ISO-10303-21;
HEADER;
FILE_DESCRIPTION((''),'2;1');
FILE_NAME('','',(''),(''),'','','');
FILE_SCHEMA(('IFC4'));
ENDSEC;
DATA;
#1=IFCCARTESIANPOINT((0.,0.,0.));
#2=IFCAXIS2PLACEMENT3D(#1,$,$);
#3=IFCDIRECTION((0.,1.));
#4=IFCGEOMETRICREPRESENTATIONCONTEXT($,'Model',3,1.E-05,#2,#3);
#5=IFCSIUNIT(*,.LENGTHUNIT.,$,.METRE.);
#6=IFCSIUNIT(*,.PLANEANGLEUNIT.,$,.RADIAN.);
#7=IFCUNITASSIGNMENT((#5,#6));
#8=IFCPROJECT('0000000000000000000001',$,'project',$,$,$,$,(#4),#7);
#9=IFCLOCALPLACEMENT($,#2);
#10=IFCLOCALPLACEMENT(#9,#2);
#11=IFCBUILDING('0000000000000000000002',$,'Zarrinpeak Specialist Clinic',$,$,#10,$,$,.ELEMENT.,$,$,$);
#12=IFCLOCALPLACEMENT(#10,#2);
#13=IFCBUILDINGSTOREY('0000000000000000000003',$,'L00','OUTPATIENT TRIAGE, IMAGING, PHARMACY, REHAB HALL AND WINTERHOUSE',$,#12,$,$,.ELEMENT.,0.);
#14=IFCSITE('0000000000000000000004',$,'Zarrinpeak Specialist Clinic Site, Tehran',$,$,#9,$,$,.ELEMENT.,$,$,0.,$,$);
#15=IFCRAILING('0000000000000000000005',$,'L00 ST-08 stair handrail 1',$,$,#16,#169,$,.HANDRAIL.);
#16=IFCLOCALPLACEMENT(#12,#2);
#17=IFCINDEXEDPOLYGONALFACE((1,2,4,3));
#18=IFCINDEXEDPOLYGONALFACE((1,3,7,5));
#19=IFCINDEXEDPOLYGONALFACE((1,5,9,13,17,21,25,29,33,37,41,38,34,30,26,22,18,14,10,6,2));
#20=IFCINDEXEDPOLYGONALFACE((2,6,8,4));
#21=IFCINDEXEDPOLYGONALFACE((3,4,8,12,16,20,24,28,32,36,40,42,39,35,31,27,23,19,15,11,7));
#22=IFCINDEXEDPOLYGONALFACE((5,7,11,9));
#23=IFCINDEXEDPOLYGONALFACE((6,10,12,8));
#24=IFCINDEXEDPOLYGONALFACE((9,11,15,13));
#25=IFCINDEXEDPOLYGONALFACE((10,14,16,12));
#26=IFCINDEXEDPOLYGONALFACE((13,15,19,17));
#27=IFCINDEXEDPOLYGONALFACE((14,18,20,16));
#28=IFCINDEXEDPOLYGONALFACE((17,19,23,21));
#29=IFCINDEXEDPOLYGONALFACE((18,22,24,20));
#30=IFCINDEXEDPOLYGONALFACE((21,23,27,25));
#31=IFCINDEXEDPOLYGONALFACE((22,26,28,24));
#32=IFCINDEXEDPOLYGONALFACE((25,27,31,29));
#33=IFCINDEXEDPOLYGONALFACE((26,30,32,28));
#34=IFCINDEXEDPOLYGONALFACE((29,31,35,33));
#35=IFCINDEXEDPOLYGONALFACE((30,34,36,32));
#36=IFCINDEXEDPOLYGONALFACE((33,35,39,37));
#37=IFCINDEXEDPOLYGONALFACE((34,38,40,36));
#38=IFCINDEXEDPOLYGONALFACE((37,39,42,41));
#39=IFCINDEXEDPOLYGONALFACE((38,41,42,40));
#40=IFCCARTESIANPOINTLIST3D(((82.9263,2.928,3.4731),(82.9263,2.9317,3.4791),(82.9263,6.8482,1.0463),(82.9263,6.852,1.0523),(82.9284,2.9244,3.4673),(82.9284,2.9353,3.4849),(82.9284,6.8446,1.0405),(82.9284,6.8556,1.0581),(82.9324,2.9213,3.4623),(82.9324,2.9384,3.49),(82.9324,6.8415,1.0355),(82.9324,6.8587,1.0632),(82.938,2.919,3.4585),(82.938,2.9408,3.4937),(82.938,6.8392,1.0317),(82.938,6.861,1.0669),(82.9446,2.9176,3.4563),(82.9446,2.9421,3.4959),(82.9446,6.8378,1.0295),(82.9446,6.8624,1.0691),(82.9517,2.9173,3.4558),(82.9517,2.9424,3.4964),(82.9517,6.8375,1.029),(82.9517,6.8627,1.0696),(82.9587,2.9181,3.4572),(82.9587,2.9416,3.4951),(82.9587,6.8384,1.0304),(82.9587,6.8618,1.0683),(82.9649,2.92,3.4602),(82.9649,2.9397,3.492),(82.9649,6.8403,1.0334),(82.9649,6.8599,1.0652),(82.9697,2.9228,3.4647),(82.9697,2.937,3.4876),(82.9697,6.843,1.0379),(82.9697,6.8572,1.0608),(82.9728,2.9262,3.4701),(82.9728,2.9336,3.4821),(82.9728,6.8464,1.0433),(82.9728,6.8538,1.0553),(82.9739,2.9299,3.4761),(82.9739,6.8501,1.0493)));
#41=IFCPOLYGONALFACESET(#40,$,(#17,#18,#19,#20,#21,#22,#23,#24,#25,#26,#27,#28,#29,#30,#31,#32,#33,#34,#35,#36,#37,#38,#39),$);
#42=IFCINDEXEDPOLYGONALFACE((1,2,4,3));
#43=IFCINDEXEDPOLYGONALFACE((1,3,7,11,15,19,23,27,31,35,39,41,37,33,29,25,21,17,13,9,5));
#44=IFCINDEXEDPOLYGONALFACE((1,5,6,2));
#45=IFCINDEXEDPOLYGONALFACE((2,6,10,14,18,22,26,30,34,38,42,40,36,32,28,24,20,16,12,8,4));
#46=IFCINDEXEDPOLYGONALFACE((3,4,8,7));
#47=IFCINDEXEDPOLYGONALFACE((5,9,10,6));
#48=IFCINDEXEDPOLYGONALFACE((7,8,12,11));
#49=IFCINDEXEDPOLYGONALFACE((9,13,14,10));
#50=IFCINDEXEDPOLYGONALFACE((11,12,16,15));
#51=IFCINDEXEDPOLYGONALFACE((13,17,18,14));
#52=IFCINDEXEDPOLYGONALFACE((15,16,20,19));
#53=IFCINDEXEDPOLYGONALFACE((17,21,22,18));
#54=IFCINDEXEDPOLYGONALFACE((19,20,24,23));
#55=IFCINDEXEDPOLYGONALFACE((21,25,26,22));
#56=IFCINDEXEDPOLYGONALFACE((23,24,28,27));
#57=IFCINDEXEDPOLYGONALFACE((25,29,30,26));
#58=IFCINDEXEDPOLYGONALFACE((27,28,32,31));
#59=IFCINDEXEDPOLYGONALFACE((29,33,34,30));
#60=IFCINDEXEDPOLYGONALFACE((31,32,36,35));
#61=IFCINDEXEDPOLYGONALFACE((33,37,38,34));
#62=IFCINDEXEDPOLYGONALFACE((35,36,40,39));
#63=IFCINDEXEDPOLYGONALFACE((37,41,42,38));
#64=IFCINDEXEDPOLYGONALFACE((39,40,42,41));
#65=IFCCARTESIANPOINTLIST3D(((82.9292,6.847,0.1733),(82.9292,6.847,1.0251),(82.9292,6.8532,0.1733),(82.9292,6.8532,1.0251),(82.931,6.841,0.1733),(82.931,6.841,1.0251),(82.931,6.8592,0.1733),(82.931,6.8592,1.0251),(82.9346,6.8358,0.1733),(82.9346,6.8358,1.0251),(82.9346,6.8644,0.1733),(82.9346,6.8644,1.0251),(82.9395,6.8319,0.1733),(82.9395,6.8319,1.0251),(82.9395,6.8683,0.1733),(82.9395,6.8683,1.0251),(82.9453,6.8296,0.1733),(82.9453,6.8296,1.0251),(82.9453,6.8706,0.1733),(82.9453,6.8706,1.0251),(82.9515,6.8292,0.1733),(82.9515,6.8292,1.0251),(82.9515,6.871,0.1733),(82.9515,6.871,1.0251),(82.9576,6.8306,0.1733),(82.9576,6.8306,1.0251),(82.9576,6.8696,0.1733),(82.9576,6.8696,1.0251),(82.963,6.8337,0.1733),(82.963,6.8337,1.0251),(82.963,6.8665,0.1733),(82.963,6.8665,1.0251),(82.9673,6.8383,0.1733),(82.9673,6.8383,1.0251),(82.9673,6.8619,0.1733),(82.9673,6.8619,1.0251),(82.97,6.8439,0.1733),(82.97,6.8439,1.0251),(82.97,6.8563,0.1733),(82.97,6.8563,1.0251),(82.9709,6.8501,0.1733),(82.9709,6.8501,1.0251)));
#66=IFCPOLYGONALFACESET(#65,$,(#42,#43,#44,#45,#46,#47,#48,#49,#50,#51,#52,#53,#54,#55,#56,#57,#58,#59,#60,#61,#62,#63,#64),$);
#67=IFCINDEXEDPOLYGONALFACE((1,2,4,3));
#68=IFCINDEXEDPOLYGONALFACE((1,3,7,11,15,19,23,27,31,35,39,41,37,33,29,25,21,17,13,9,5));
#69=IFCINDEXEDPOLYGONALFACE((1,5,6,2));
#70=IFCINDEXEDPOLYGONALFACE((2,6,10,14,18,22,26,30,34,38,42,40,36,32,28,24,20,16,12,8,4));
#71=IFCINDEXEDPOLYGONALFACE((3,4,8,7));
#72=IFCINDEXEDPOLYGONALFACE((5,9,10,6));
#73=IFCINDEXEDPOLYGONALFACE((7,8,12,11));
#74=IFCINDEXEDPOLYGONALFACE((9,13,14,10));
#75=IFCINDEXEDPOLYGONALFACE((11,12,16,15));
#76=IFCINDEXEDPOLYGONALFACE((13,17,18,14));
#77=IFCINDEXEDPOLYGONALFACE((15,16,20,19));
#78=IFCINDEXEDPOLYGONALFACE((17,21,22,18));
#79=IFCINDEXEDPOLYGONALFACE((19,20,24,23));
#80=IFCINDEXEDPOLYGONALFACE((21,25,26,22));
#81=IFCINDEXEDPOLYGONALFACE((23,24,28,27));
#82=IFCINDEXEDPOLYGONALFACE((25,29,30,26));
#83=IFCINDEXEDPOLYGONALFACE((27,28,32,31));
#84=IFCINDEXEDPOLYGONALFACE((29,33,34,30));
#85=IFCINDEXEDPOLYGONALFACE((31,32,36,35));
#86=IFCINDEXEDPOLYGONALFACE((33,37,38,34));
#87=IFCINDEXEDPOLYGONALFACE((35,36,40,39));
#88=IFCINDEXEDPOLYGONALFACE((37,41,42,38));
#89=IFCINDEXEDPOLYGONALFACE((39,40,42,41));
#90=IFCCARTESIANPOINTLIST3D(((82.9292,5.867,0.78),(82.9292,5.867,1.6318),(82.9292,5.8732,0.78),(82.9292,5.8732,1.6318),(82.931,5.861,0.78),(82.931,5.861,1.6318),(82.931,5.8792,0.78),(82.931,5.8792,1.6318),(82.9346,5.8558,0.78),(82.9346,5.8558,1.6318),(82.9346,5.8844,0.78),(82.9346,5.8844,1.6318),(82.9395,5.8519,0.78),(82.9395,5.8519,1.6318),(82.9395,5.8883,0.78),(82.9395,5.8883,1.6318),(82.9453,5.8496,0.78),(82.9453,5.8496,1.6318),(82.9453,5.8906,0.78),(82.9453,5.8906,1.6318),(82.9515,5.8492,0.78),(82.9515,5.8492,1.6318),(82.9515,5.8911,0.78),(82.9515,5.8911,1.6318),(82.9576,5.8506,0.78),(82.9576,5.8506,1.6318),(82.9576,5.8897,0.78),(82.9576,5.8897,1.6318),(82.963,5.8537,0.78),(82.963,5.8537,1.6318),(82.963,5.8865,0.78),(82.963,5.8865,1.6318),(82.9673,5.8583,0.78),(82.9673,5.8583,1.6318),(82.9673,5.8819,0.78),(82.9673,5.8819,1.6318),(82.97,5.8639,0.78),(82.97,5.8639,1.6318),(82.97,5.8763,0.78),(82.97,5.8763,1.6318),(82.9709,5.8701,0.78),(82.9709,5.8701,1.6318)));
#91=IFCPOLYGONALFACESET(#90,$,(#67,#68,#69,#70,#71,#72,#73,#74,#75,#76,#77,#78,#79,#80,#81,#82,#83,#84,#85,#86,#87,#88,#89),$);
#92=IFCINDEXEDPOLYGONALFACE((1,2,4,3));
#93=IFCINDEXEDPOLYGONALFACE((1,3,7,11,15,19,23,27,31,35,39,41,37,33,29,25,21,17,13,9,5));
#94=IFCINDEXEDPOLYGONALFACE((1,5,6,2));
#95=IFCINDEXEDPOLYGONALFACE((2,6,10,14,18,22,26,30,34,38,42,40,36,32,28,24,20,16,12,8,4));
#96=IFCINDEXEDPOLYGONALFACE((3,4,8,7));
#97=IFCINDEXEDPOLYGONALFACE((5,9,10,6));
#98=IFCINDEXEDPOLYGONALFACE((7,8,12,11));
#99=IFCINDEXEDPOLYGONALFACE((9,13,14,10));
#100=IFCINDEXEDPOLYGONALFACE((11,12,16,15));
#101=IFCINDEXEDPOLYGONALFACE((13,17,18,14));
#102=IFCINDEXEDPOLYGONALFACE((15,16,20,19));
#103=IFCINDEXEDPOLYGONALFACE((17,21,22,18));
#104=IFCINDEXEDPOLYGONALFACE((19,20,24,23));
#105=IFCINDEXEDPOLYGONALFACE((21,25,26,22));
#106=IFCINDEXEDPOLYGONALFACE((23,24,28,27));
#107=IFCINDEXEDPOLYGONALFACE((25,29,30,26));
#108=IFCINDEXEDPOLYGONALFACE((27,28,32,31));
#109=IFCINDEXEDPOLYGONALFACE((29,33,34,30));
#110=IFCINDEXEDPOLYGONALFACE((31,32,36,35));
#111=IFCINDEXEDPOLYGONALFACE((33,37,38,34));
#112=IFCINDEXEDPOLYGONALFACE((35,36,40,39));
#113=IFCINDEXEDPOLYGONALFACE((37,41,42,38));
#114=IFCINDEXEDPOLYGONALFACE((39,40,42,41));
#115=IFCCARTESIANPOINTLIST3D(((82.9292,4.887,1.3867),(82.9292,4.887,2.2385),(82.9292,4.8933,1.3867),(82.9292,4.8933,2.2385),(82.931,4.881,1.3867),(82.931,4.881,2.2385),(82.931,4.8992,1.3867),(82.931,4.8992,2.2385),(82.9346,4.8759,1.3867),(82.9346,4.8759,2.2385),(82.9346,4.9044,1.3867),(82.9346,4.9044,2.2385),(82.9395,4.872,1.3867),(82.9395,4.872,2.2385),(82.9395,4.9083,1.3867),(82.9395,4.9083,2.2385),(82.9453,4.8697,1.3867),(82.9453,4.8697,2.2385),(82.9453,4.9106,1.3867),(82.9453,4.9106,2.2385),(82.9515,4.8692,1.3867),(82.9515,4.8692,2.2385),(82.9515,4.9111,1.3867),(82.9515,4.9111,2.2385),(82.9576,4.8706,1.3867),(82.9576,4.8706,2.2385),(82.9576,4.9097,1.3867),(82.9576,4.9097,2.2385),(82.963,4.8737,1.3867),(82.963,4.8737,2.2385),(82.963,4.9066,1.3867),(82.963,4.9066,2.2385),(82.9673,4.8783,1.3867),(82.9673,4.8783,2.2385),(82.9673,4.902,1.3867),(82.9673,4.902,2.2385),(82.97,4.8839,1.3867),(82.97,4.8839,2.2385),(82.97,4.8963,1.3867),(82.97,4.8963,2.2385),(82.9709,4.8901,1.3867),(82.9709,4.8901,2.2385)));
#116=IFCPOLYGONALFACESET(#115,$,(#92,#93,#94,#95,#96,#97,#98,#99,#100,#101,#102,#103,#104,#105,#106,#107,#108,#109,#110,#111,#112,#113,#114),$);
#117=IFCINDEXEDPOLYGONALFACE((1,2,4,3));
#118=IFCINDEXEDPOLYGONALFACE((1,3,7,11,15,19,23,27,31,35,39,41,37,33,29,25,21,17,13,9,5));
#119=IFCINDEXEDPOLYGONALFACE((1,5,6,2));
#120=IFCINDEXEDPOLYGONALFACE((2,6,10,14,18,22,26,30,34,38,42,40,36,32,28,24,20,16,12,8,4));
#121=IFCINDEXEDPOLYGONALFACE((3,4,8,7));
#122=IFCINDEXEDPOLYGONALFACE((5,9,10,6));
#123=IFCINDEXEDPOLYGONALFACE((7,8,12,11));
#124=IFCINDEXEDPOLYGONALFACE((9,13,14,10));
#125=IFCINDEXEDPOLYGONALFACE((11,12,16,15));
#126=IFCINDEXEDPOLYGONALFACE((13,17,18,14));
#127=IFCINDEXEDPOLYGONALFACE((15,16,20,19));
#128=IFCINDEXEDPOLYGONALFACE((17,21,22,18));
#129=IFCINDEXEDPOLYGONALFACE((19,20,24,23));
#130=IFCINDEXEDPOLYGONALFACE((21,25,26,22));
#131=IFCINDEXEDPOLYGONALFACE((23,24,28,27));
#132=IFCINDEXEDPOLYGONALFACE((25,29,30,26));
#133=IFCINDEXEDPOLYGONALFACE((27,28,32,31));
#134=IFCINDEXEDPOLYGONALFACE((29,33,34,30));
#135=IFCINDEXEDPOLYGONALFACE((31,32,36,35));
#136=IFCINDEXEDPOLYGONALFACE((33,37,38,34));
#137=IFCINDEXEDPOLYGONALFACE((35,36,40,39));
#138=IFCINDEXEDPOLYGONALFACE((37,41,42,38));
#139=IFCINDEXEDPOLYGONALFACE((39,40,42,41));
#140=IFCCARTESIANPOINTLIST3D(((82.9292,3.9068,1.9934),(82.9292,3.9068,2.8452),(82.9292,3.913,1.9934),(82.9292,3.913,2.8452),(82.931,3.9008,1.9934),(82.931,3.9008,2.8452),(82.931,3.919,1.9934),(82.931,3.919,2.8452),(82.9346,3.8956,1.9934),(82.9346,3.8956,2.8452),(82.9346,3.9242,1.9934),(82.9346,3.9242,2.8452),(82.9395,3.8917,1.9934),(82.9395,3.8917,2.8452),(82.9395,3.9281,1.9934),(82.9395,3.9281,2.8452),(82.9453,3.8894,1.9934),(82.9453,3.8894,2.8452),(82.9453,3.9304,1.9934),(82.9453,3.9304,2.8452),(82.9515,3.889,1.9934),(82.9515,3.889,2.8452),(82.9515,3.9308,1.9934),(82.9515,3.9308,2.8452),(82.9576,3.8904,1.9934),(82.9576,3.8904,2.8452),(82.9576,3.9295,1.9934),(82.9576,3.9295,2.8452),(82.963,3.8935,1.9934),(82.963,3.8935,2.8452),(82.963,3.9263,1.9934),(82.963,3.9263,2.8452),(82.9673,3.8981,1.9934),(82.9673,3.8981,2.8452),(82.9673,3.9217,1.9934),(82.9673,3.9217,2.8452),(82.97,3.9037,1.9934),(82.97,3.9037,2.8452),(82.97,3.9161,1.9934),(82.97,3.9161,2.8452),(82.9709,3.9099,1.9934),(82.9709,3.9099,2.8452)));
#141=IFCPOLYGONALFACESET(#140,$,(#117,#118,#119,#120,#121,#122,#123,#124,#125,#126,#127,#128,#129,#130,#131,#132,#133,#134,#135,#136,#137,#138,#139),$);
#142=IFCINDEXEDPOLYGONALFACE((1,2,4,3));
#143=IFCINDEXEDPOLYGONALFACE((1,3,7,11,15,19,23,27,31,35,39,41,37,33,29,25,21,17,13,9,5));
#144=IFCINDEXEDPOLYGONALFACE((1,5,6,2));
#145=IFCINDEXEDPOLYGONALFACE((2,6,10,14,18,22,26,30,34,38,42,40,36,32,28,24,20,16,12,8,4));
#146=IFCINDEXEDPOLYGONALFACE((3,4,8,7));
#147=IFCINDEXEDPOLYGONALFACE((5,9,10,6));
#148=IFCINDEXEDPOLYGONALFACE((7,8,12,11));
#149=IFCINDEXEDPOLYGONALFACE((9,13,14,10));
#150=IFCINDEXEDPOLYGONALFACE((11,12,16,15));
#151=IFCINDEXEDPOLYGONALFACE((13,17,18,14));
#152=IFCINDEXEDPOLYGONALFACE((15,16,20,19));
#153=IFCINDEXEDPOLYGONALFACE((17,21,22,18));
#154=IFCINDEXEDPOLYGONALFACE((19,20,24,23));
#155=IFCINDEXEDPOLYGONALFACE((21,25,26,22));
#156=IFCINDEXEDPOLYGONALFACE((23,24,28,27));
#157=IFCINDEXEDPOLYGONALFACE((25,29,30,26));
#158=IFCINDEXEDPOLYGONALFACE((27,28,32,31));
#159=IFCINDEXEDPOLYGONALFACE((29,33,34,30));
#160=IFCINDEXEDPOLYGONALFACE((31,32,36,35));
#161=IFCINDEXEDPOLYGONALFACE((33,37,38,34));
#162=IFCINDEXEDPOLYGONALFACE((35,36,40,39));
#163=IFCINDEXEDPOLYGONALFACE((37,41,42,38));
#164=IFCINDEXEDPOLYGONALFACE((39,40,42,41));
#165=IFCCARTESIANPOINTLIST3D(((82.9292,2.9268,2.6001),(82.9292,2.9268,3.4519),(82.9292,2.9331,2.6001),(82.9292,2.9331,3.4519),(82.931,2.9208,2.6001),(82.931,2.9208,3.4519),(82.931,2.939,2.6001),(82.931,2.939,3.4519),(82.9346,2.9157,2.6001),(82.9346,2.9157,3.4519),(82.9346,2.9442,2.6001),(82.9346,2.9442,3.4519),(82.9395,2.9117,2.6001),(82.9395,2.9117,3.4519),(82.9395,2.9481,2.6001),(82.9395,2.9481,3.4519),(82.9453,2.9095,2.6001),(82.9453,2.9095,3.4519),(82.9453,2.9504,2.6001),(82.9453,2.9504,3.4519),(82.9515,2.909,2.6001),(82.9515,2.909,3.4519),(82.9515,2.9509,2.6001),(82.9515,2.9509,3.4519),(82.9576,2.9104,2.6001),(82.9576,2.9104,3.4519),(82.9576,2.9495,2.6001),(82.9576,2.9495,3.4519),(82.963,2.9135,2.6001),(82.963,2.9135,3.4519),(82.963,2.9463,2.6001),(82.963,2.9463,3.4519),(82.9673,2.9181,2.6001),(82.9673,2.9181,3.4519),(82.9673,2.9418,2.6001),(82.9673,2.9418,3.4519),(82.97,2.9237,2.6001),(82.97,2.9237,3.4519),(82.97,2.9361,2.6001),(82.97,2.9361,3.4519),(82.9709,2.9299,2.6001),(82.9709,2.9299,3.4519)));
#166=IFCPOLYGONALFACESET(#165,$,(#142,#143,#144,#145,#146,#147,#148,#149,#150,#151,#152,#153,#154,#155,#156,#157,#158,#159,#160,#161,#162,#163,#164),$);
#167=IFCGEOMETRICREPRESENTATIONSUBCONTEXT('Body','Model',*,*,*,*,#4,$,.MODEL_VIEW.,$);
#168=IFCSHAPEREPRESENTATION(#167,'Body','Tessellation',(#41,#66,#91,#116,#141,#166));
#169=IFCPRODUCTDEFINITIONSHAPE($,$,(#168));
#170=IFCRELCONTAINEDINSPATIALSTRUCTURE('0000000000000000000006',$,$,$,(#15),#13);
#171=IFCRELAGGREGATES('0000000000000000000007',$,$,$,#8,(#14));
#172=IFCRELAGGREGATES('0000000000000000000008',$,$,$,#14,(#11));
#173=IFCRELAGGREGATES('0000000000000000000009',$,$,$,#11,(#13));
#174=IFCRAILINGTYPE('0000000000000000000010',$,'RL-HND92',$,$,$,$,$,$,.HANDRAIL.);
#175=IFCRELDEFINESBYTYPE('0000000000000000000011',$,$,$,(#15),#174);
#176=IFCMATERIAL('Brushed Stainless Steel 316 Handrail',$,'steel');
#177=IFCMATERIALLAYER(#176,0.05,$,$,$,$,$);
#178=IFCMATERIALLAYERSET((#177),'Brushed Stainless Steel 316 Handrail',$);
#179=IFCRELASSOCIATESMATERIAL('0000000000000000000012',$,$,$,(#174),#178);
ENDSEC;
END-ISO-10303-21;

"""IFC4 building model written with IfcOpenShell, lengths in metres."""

from ifc_helpers import new_model, si_unit, direction, frame, origin, origin_2d, place, context, subcontext, project, spatial, circle, extrude, material, layer, layer_set, type_object, element, save


model = new_model("IFC4")

# Units and contexts
model_context = context("Model", 3, precision=1e-05, world=origin(), true_north=direction((0.0, 1.0)))
body_context = subcontext(model_context, "Body", "Model", "MODEL_VIEW")
ifc_project = project(units=[si_unit("LENGTHUNIT", "METRE"), si_unit("PLANEANGLEUNIT", "RADIAN")], contexts=[model_context])

# Site, building, storey
site_placement = place(None, origin())
site = spatial("IfcSite", under=ifc_project, at=site_placement, Name="Zarrinpeak Specialist Clinic Site, Tehran", CompositionType="ELEMENT", RefElevation=0.0)
building_placement = place(site_placement, origin())
building = spatial("IfcBuilding", under=site, at=building_placement, Name="Zarrinpeak Specialist Clinic", CompositionType="ELEMENT")
storey_placement = place(building_placement, origin())
storey = spatial("IfcBuildingStorey", under=building, at=storey_placement, Name="L00", Description="OUTPATIENT TRIAGE, IMAGING, PHARMACY, REHAB HALL AND WINTERHOUSE", CompositionType="ELEMENT", Elevation=0.0)

# Railing
ifc_material_1 = material(Name="Brushed Stainless Steel 316 Handrail", Category="steel")
ifc_layer_1 = layer(ifc_material_1, 0.05)
ifc_layer_set_1 = layer_set([ifc_layer_1], Name="Brushed Stainless Steel 316 Handrail")
railing_type_1 = type_object("IfcRailingType", Name="RL-HND92", PredefinedType="HANDRAIL", material=ifc_layer_set_1)
railing_1_placement = place(storey_placement, frame((82.95, 6.8501, 0.1733)))
element("IfcRailing", 1, at=railing_1_placement, inside=storey, type_object=railing_type_1, Name="L00 ST-08 stair handrail 1", PredefinedType="HANDRAIL", context=body_context, shape_type="SweptSolid", body=[
    extrude(circle(Radius=0.0239, at=origin_2d()), frame((0.0, 0.0, 0.876), z_axis=(0.0, -0.850266, 0.526353), x_axis=(1.0, 0.0, 0.0)), (0.0, 0.0, 1.0), 4.6106),
    extrude(circle(Radius=0.021, at=origin_2d()), origin(), (0.0, 0.0, 1.0), 0.8518),
    extrude(circle(Radius=0.021, at=origin_2d()), frame((0.0, -0.98, 0.6067)), (0.0, 0.0, 1.0), 0.8518),
    extrude(circle(Radius=0.021, at=origin_2d()), frame((0.0, -1.96, 1.2134)), (0.0, 0.0, 1.0), 0.8518),
    extrude(circle(Radius=0.021, at=origin_2d()), frame((0.0, -2.9402, 1.8201)), (0.0, 0.0, 1.0), 0.8518),
    extrude(circle(Radius=0.021, at=origin_2d()), frame((0.0, -3.9202, 2.4268)), (0.0, 0.0, 1.0), 0.8518),
])

save(model, "model.ifc")
